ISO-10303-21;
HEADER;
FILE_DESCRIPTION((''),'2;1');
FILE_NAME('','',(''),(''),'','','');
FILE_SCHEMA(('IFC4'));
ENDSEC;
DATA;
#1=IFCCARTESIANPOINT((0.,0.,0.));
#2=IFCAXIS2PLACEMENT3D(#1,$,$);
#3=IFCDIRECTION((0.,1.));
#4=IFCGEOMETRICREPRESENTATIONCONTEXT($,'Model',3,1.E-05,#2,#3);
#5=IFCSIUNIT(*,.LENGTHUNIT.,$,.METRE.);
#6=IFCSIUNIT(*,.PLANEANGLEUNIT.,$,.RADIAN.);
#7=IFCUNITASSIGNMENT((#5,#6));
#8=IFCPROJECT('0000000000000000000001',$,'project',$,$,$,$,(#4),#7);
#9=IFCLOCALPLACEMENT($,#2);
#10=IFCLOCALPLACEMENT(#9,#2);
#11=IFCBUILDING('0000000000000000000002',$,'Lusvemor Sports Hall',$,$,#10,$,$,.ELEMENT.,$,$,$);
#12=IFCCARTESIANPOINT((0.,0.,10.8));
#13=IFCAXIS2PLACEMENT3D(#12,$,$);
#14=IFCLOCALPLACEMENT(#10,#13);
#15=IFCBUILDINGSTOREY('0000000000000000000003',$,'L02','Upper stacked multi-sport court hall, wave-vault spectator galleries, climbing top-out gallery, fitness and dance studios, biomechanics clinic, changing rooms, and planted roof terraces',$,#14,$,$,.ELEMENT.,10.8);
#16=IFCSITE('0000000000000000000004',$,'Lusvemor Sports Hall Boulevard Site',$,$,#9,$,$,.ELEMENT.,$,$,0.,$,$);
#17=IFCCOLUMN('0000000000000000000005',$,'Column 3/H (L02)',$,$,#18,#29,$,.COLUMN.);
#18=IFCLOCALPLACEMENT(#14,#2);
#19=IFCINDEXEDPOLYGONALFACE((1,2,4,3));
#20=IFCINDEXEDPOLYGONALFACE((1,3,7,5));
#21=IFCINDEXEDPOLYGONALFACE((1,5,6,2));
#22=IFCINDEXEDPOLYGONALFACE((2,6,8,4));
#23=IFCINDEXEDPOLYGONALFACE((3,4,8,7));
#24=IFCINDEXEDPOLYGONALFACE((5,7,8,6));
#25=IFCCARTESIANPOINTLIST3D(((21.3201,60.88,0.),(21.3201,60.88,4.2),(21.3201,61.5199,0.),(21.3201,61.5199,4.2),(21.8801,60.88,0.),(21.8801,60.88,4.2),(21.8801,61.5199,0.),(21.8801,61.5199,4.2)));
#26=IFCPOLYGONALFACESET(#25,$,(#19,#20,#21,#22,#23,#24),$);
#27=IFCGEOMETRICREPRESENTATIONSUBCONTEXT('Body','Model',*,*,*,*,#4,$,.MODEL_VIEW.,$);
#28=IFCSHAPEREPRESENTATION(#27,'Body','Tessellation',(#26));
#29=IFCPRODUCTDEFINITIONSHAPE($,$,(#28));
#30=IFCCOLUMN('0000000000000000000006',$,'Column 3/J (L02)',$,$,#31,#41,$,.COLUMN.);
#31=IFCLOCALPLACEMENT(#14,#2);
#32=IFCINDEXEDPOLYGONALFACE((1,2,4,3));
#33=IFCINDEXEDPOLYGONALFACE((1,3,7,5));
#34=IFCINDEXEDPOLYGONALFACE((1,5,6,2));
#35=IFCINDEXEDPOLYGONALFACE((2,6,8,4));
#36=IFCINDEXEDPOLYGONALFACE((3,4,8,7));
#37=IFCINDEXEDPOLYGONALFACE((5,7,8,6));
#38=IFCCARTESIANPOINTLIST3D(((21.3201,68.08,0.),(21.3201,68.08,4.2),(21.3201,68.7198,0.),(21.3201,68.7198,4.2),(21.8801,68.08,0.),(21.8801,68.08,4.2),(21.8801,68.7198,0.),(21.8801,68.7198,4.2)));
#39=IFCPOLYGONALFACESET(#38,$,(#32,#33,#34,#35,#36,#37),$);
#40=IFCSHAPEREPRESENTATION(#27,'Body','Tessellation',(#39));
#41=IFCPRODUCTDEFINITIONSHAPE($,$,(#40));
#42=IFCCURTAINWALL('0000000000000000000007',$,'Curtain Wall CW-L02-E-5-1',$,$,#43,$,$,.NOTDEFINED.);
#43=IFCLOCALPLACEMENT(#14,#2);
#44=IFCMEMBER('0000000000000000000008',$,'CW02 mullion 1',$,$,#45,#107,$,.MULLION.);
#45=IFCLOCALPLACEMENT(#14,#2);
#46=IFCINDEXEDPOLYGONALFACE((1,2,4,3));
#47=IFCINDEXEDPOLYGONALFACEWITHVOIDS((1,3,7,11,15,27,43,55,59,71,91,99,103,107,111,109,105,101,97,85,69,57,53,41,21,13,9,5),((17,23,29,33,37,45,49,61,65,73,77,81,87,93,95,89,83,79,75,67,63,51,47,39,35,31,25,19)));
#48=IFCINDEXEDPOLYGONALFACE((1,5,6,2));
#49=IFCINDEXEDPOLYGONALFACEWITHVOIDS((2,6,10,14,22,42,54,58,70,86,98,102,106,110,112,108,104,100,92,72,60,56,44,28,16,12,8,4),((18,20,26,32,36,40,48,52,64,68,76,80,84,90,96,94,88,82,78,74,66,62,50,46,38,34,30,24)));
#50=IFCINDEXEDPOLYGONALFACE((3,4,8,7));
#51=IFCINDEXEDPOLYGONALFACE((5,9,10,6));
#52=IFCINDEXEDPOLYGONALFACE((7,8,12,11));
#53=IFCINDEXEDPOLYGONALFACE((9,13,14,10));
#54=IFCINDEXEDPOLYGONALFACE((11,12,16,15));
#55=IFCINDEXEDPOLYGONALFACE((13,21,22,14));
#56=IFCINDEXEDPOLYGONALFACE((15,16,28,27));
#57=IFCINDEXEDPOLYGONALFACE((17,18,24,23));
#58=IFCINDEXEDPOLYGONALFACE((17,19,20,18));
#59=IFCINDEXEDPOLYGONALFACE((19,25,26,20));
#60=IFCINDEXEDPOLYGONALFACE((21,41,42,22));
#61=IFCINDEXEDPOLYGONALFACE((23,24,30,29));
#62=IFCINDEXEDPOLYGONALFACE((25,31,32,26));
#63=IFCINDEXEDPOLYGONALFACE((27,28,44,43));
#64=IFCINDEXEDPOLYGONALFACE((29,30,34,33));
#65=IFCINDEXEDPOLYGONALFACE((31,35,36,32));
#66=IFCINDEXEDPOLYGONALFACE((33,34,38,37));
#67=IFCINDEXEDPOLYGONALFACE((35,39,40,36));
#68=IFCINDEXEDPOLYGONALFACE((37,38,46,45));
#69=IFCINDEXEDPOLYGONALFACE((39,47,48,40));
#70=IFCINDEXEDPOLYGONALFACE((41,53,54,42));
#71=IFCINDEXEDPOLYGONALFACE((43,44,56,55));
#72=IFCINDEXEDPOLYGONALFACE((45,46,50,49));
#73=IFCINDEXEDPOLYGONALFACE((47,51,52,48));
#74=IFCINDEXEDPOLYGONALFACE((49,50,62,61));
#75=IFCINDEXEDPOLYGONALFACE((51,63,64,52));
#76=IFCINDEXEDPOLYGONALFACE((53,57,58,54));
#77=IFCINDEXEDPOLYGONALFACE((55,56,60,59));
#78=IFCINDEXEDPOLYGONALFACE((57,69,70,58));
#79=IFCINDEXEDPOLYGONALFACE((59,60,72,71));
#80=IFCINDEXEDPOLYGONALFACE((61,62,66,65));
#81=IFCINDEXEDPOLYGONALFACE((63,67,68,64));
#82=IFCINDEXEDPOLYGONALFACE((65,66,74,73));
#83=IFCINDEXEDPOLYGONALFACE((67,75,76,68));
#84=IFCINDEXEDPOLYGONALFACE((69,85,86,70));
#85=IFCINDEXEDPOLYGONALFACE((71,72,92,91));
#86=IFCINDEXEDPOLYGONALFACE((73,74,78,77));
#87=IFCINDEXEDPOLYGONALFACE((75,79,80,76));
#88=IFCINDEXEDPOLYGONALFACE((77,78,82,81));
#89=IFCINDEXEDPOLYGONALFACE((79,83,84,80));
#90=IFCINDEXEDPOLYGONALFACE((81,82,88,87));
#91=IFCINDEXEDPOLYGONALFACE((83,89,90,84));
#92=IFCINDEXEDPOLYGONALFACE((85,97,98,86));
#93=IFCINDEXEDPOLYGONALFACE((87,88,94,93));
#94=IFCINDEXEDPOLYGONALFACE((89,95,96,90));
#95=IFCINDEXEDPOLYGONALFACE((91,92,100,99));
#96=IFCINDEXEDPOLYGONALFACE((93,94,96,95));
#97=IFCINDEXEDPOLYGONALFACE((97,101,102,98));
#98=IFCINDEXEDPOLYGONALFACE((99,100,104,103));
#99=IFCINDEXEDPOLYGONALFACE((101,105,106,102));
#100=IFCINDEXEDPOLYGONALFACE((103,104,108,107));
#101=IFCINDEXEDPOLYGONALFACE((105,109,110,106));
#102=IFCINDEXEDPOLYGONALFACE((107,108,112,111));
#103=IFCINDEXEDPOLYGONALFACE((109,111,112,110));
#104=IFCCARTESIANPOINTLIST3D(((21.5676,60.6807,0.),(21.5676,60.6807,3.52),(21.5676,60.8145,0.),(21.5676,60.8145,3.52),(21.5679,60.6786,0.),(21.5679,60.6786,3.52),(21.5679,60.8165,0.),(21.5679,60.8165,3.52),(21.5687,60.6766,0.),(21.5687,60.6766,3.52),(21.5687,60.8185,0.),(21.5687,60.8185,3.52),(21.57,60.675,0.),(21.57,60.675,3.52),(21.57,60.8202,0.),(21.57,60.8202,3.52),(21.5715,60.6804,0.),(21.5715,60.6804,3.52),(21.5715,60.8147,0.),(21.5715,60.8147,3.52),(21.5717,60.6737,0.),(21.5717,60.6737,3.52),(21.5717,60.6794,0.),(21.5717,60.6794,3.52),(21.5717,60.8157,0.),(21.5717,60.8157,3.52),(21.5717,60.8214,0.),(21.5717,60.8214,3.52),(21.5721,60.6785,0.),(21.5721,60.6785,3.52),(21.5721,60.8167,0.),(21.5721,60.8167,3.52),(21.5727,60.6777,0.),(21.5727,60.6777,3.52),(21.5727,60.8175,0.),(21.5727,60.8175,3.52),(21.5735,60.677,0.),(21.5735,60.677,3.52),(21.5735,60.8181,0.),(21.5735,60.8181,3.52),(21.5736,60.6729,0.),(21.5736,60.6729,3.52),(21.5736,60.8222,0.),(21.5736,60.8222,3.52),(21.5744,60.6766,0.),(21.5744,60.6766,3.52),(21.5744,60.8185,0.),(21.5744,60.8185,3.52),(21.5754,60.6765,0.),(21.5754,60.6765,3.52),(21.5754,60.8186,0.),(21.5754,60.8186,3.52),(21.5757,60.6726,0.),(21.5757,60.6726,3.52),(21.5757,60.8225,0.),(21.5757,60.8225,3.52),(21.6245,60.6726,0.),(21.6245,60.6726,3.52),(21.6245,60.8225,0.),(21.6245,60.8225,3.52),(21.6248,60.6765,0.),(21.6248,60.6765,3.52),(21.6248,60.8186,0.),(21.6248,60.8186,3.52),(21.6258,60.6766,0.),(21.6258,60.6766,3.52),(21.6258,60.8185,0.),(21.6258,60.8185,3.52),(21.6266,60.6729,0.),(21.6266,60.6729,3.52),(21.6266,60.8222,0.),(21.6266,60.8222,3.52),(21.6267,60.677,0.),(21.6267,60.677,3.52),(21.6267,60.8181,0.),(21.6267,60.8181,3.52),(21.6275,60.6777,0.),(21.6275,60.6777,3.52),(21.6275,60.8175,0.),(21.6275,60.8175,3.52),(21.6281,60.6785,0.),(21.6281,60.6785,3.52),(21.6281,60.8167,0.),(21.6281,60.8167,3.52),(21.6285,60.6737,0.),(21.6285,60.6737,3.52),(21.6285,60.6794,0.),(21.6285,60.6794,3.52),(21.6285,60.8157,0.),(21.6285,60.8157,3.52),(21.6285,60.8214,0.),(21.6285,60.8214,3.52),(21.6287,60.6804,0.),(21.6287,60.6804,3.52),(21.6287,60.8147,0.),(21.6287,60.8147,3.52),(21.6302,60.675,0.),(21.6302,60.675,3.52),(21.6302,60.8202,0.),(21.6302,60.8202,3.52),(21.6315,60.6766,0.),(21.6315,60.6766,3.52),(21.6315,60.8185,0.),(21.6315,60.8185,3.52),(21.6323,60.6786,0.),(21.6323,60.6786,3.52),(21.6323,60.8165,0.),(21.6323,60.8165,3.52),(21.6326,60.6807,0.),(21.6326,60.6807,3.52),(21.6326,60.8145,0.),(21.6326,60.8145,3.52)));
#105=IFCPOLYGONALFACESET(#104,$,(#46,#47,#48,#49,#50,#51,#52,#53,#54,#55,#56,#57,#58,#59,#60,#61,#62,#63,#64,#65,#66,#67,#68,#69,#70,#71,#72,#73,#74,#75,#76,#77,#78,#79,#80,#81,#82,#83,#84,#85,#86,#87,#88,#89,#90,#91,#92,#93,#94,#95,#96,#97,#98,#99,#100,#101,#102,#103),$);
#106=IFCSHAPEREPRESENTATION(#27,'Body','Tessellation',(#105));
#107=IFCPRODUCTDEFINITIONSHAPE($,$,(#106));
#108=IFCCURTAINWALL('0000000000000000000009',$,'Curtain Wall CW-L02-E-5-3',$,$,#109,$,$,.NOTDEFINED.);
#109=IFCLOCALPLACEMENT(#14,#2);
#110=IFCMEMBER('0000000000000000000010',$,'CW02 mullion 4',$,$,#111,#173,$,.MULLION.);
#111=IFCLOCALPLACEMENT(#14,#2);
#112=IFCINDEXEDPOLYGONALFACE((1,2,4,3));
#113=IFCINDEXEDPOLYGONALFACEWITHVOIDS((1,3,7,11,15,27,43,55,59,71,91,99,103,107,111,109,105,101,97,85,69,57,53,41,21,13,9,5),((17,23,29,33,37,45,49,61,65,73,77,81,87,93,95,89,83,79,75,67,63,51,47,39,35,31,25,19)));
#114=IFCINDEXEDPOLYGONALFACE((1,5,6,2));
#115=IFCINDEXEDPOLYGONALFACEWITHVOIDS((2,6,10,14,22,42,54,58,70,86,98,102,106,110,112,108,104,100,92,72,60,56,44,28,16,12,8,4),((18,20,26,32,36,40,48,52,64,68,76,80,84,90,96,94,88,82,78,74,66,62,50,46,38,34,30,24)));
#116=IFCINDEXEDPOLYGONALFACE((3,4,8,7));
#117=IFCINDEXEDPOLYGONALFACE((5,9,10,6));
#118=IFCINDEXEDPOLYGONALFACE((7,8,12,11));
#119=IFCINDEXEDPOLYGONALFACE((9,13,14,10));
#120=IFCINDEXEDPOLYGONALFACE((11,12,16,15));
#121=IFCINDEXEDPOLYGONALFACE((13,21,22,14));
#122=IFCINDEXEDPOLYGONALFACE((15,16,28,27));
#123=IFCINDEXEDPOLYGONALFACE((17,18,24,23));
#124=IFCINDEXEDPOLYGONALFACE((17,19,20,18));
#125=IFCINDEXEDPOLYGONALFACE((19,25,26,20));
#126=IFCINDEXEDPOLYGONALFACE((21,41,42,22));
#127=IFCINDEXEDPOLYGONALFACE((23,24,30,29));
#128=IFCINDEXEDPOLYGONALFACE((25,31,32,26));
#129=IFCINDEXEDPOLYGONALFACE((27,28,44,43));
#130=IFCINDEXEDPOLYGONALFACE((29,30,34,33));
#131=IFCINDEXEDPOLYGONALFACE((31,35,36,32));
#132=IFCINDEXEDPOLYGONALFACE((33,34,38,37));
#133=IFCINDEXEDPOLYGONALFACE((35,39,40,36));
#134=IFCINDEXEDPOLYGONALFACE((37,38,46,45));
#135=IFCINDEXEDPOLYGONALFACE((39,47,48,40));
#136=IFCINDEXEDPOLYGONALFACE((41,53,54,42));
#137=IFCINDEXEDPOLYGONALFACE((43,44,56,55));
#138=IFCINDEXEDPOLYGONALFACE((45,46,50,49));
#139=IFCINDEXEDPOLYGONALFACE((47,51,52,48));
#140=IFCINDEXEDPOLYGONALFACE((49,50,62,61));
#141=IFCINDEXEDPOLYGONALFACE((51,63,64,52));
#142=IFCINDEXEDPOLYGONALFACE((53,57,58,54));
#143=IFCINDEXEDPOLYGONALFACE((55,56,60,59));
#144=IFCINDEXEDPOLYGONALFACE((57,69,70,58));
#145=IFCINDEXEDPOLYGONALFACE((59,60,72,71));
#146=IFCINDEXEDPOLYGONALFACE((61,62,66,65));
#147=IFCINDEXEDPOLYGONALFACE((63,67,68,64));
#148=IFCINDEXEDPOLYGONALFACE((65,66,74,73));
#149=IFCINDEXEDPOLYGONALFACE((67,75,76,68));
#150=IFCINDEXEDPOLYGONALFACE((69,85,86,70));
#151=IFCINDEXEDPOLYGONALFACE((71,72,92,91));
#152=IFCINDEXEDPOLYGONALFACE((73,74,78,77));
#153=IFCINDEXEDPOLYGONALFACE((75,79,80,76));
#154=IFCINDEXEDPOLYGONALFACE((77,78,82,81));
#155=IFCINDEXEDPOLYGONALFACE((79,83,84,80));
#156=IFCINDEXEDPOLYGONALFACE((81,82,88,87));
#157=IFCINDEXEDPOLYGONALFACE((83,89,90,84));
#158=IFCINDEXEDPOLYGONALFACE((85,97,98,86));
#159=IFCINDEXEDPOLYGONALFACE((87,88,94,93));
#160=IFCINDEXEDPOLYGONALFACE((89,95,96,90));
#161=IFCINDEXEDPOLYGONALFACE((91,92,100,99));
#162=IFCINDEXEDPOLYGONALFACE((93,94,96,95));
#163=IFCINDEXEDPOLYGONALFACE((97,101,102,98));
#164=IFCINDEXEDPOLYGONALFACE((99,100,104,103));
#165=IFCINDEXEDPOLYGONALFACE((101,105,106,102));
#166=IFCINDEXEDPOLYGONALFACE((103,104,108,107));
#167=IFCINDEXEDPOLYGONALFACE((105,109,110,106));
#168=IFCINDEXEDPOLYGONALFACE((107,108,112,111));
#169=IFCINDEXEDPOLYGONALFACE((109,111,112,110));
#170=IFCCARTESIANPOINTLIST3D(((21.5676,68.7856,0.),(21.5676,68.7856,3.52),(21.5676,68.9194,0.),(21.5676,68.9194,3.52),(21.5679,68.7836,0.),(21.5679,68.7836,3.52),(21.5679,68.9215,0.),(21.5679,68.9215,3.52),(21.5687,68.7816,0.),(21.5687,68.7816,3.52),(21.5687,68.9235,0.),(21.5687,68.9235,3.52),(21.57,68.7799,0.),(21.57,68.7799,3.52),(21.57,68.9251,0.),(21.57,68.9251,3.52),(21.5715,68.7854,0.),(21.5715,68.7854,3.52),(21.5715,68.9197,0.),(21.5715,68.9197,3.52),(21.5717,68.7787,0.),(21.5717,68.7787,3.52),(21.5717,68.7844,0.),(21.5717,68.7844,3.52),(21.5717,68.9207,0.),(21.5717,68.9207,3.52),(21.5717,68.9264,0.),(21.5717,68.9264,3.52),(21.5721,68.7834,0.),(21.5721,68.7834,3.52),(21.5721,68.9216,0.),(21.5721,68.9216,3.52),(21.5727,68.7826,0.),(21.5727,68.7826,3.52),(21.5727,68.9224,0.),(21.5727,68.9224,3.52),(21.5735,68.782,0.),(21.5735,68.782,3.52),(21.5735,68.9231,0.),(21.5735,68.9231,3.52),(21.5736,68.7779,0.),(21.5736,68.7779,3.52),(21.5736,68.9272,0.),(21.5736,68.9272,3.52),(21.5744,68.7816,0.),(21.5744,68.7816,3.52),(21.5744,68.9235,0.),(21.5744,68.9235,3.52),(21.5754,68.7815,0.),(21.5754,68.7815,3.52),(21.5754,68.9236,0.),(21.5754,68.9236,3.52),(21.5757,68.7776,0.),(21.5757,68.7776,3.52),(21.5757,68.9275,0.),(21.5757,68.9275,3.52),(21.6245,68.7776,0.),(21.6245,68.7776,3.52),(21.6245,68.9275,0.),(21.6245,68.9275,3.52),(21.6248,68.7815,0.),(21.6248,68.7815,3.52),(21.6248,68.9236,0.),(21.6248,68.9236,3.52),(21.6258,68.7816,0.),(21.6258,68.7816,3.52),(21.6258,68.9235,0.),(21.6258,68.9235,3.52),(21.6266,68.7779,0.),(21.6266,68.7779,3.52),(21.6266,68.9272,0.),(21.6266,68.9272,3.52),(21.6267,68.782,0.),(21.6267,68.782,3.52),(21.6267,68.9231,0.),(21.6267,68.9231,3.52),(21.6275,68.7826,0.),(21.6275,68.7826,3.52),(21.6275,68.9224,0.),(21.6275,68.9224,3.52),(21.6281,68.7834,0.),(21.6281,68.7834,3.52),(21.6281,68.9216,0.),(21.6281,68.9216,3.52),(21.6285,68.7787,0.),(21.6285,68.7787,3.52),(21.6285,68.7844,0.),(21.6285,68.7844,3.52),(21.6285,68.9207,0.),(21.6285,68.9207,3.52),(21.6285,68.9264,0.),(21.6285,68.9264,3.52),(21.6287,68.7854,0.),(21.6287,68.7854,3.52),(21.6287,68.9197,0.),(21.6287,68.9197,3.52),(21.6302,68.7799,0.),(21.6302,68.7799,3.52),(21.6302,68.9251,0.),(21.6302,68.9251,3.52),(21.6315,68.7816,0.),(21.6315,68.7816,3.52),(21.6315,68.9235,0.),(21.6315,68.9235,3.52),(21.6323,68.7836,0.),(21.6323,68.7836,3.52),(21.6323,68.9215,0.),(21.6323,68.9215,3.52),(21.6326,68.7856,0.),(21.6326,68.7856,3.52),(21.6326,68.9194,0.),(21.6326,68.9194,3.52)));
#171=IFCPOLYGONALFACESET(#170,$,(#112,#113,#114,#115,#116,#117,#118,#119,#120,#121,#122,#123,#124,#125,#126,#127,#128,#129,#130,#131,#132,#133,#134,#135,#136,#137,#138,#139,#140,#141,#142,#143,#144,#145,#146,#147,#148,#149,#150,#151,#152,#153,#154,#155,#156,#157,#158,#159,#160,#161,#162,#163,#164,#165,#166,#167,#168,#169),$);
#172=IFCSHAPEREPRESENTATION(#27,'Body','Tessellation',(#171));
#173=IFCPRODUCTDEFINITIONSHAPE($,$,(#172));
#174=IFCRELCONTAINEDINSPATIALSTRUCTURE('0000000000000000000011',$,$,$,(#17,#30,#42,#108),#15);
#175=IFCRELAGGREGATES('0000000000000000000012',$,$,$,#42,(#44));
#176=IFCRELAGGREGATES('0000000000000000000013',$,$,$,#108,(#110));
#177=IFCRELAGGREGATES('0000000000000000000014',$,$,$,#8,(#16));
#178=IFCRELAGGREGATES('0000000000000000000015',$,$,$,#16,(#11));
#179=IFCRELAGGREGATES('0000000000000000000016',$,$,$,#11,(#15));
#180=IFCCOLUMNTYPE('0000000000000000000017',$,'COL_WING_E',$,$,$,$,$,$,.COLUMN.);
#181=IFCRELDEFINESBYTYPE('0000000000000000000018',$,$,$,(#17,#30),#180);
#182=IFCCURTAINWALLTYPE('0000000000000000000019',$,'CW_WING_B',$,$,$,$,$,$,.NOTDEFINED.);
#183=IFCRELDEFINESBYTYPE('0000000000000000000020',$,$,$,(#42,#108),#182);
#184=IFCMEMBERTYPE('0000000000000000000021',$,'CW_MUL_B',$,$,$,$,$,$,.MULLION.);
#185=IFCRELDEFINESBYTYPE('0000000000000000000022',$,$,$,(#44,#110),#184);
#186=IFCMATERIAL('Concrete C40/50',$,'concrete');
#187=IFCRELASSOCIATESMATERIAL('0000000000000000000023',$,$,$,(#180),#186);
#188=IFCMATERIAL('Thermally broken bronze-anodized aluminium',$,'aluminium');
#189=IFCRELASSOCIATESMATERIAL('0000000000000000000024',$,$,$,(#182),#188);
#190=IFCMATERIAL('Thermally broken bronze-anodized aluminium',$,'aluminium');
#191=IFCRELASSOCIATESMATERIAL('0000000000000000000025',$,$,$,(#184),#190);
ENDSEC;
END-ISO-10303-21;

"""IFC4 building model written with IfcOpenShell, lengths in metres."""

from ifc_helpers import new_model, si_unit, direction, frame, origin, origin_2d, place, context, subcontext, project, spatial, rectangle, hollow_rectangle, extrude, material, material_profile, profile_set, type_object, element, aggregate, save


model = new_model("IFC4")

# Units and contexts
model_context = context("Model", 3, precision=1e-05, world=origin(), true_north=direction((0.0, 1.0)))
body_context = subcontext(model_context, "Body", "Model", "MODEL_VIEW")
ifc_project = project(units=[si_unit("LENGTHUNIT", "METRE"), si_unit("PLANEANGLEUNIT", "RADIAN")], contexts=[model_context])

# Site, building, storey
site_placement = place(None, origin())
site = spatial("IfcSite", under=ifc_project, at=site_placement, Name="Lusvemor Sports Hall Boulevard Site", CompositionType="ELEMENT", RefElevation=0.0)
building_placement = place(site_placement, origin())
building = spatial("IfcBuilding", under=site, at=building_placement, Name="Lusvemor Sports Hall", CompositionType="ELEMENT")
storey_placement = place(building_placement, frame((0.0, 0.0, 10.8)))
storey = spatial("IfcBuildingStorey", under=building, at=storey_placement, Name="L02", Description="Upper stacked multi-sport court hall, wave-vault spectator galleries, climbing top-out gallery, fitness and dance studios, biomechanics clinic, changing rooms, and planted roof terraces", CompositionType="ELEMENT", Elevation=10.8)

# Columns
ifc_material_1 = material(Name="Concrete C40/50", Category="concrete")
ifc_material_profile_1 = material_profile(ifc_material_1, rectangle(XDim=0.5601, YDim=0.6399, at=origin_2d()), Name="RC560x640")
ifc_profile_set_1 = profile_set([ifc_material_profile_1], Name="Concrete C40/50")
column_type = type_object("IfcColumnType", Name="COL_WING_E", PredefinedType="COLUMN", material=ifc_profile_set_1)
for number, where, z_axis, x_axis, name in (
    (1, (21.6001, 61.2, 0.0), (0.0, 0.0, 1.0), (1.0, 0.0, 0.0), "Column 3/H (L02)"),
    (2, (21.6001, 68.3999, 0.0), (0.0, 0.0, 1.0), (1.0, 0.0, 0.0), "Column 3/J (L02)"),
):
    element("IfcColumn", number, at=place(storey_placement, frame(where, z_axis=z_axis, x_axis=x_axis)), inside=storey, type_object=column_type, Name=name, PredefinedType="COLUMN", context=body_context, shape_type="SweptSolid", body=[
        extrude(rectangle(XDim=0.5601, YDim=0.6399, at=origin_2d()), origin(), (0.0, 0.0, 1.0), 4.2),
    ])

# Curtain walls, members
ifc_material_2 = material(Name="Thermally broken bronze-anodized aluminium", Category="aluminium")
curtain_wall_type = type_object("IfcCurtainWallType", Name="CW_WING_B", PredefinedType="NOTDEFINED", material=ifc_material_2)
curtain_wall_1_placement = place(storey_placement, origin())
curtain_wall_1 = element("IfcCurtainWall", 3, at=curtain_wall_1_placement, inside=storey, type_object=curtain_wall_type, Name="Curtain Wall CW-L02-E-5-1", PredefinedType="NOTDEFINED")
ifc_material_3 = material(Name="Thermally broken bronze-anodized aluminium", Category="aluminium")
ifc_material_profile_2 = material_profile(ifc_material_3, hollow_rectangle(XDim=0.0649, YDim=0.1499, WallThickness=0.0039, InnerFilletRadius=0.0039, OuterFilletRadius=0.0081, at=origin_2d()), Name="CWMUL150x65x4")
ifc_profile_set_2 = profile_set([ifc_material_profile_2], Name="Thermally broken bronze-anodized aluminium")
member_type_1 = type_object("IfcMemberType", Name="CW_MUL_B", PredefinedType="MULLION", material=ifc_profile_set_2)
member_1_placement = place(storey_placement, frame((21.6001, 60.7476, 0.0), z_axis=(0.0, 0.0, 1.0), x_axis=(1.0, 0.0, 0.0)))
member_1 = element("IfcMember", 4, at=member_1_placement, type_object=member_type_1, Name="CW02 mullion 1", PredefinedType="MULLION", context=body_context, shape_type="SweptSolid", body=[
    extrude(hollow_rectangle(XDim=0.0649, YDim=0.1499, WallThickness=0.0039, InnerFilletRadius=0.0039, OuterFilletRadius=0.0081, at=origin_2d()), origin(), (0.0, 0.0, 1.0), 3.52),
])
curtain_wall_2_placement = place(storey_placement, origin())
curtain_wall_2 = element("IfcCurtainWall", 5, at=curtain_wall_2_placement, inside=storey, type_object=curtain_wall_type, Name="Curtain Wall CW-L02-E-5-3", PredefinedType="NOTDEFINED")
member_2_placement = place(storey_placement, frame((21.6001, 68.8525, 0.0), z_axis=(0.0, 0.0, 1.0), x_axis=(1.0, 0.0, 0.0)))
member_2 = element("IfcMember", 6, at=member_2_placement, type_object=member_type_1, Name="CW02 mullion 4", PredefinedType="MULLION", context=body_context, shape_type="SweptSolid", body=[
    extrude(hollow_rectangle(XDim=0.0649, YDim=0.1499, WallThickness=0.0039, InnerFilletRadius=0.0039, OuterFilletRadius=0.0081, at=origin_2d()), origin(), (0.0, 0.0, 1.0), 3.52),
])

aggregate(curtain_wall_1, [member_1])

aggregate(curtain_wall_2, [member_2])

save(model, "model.ifc")
